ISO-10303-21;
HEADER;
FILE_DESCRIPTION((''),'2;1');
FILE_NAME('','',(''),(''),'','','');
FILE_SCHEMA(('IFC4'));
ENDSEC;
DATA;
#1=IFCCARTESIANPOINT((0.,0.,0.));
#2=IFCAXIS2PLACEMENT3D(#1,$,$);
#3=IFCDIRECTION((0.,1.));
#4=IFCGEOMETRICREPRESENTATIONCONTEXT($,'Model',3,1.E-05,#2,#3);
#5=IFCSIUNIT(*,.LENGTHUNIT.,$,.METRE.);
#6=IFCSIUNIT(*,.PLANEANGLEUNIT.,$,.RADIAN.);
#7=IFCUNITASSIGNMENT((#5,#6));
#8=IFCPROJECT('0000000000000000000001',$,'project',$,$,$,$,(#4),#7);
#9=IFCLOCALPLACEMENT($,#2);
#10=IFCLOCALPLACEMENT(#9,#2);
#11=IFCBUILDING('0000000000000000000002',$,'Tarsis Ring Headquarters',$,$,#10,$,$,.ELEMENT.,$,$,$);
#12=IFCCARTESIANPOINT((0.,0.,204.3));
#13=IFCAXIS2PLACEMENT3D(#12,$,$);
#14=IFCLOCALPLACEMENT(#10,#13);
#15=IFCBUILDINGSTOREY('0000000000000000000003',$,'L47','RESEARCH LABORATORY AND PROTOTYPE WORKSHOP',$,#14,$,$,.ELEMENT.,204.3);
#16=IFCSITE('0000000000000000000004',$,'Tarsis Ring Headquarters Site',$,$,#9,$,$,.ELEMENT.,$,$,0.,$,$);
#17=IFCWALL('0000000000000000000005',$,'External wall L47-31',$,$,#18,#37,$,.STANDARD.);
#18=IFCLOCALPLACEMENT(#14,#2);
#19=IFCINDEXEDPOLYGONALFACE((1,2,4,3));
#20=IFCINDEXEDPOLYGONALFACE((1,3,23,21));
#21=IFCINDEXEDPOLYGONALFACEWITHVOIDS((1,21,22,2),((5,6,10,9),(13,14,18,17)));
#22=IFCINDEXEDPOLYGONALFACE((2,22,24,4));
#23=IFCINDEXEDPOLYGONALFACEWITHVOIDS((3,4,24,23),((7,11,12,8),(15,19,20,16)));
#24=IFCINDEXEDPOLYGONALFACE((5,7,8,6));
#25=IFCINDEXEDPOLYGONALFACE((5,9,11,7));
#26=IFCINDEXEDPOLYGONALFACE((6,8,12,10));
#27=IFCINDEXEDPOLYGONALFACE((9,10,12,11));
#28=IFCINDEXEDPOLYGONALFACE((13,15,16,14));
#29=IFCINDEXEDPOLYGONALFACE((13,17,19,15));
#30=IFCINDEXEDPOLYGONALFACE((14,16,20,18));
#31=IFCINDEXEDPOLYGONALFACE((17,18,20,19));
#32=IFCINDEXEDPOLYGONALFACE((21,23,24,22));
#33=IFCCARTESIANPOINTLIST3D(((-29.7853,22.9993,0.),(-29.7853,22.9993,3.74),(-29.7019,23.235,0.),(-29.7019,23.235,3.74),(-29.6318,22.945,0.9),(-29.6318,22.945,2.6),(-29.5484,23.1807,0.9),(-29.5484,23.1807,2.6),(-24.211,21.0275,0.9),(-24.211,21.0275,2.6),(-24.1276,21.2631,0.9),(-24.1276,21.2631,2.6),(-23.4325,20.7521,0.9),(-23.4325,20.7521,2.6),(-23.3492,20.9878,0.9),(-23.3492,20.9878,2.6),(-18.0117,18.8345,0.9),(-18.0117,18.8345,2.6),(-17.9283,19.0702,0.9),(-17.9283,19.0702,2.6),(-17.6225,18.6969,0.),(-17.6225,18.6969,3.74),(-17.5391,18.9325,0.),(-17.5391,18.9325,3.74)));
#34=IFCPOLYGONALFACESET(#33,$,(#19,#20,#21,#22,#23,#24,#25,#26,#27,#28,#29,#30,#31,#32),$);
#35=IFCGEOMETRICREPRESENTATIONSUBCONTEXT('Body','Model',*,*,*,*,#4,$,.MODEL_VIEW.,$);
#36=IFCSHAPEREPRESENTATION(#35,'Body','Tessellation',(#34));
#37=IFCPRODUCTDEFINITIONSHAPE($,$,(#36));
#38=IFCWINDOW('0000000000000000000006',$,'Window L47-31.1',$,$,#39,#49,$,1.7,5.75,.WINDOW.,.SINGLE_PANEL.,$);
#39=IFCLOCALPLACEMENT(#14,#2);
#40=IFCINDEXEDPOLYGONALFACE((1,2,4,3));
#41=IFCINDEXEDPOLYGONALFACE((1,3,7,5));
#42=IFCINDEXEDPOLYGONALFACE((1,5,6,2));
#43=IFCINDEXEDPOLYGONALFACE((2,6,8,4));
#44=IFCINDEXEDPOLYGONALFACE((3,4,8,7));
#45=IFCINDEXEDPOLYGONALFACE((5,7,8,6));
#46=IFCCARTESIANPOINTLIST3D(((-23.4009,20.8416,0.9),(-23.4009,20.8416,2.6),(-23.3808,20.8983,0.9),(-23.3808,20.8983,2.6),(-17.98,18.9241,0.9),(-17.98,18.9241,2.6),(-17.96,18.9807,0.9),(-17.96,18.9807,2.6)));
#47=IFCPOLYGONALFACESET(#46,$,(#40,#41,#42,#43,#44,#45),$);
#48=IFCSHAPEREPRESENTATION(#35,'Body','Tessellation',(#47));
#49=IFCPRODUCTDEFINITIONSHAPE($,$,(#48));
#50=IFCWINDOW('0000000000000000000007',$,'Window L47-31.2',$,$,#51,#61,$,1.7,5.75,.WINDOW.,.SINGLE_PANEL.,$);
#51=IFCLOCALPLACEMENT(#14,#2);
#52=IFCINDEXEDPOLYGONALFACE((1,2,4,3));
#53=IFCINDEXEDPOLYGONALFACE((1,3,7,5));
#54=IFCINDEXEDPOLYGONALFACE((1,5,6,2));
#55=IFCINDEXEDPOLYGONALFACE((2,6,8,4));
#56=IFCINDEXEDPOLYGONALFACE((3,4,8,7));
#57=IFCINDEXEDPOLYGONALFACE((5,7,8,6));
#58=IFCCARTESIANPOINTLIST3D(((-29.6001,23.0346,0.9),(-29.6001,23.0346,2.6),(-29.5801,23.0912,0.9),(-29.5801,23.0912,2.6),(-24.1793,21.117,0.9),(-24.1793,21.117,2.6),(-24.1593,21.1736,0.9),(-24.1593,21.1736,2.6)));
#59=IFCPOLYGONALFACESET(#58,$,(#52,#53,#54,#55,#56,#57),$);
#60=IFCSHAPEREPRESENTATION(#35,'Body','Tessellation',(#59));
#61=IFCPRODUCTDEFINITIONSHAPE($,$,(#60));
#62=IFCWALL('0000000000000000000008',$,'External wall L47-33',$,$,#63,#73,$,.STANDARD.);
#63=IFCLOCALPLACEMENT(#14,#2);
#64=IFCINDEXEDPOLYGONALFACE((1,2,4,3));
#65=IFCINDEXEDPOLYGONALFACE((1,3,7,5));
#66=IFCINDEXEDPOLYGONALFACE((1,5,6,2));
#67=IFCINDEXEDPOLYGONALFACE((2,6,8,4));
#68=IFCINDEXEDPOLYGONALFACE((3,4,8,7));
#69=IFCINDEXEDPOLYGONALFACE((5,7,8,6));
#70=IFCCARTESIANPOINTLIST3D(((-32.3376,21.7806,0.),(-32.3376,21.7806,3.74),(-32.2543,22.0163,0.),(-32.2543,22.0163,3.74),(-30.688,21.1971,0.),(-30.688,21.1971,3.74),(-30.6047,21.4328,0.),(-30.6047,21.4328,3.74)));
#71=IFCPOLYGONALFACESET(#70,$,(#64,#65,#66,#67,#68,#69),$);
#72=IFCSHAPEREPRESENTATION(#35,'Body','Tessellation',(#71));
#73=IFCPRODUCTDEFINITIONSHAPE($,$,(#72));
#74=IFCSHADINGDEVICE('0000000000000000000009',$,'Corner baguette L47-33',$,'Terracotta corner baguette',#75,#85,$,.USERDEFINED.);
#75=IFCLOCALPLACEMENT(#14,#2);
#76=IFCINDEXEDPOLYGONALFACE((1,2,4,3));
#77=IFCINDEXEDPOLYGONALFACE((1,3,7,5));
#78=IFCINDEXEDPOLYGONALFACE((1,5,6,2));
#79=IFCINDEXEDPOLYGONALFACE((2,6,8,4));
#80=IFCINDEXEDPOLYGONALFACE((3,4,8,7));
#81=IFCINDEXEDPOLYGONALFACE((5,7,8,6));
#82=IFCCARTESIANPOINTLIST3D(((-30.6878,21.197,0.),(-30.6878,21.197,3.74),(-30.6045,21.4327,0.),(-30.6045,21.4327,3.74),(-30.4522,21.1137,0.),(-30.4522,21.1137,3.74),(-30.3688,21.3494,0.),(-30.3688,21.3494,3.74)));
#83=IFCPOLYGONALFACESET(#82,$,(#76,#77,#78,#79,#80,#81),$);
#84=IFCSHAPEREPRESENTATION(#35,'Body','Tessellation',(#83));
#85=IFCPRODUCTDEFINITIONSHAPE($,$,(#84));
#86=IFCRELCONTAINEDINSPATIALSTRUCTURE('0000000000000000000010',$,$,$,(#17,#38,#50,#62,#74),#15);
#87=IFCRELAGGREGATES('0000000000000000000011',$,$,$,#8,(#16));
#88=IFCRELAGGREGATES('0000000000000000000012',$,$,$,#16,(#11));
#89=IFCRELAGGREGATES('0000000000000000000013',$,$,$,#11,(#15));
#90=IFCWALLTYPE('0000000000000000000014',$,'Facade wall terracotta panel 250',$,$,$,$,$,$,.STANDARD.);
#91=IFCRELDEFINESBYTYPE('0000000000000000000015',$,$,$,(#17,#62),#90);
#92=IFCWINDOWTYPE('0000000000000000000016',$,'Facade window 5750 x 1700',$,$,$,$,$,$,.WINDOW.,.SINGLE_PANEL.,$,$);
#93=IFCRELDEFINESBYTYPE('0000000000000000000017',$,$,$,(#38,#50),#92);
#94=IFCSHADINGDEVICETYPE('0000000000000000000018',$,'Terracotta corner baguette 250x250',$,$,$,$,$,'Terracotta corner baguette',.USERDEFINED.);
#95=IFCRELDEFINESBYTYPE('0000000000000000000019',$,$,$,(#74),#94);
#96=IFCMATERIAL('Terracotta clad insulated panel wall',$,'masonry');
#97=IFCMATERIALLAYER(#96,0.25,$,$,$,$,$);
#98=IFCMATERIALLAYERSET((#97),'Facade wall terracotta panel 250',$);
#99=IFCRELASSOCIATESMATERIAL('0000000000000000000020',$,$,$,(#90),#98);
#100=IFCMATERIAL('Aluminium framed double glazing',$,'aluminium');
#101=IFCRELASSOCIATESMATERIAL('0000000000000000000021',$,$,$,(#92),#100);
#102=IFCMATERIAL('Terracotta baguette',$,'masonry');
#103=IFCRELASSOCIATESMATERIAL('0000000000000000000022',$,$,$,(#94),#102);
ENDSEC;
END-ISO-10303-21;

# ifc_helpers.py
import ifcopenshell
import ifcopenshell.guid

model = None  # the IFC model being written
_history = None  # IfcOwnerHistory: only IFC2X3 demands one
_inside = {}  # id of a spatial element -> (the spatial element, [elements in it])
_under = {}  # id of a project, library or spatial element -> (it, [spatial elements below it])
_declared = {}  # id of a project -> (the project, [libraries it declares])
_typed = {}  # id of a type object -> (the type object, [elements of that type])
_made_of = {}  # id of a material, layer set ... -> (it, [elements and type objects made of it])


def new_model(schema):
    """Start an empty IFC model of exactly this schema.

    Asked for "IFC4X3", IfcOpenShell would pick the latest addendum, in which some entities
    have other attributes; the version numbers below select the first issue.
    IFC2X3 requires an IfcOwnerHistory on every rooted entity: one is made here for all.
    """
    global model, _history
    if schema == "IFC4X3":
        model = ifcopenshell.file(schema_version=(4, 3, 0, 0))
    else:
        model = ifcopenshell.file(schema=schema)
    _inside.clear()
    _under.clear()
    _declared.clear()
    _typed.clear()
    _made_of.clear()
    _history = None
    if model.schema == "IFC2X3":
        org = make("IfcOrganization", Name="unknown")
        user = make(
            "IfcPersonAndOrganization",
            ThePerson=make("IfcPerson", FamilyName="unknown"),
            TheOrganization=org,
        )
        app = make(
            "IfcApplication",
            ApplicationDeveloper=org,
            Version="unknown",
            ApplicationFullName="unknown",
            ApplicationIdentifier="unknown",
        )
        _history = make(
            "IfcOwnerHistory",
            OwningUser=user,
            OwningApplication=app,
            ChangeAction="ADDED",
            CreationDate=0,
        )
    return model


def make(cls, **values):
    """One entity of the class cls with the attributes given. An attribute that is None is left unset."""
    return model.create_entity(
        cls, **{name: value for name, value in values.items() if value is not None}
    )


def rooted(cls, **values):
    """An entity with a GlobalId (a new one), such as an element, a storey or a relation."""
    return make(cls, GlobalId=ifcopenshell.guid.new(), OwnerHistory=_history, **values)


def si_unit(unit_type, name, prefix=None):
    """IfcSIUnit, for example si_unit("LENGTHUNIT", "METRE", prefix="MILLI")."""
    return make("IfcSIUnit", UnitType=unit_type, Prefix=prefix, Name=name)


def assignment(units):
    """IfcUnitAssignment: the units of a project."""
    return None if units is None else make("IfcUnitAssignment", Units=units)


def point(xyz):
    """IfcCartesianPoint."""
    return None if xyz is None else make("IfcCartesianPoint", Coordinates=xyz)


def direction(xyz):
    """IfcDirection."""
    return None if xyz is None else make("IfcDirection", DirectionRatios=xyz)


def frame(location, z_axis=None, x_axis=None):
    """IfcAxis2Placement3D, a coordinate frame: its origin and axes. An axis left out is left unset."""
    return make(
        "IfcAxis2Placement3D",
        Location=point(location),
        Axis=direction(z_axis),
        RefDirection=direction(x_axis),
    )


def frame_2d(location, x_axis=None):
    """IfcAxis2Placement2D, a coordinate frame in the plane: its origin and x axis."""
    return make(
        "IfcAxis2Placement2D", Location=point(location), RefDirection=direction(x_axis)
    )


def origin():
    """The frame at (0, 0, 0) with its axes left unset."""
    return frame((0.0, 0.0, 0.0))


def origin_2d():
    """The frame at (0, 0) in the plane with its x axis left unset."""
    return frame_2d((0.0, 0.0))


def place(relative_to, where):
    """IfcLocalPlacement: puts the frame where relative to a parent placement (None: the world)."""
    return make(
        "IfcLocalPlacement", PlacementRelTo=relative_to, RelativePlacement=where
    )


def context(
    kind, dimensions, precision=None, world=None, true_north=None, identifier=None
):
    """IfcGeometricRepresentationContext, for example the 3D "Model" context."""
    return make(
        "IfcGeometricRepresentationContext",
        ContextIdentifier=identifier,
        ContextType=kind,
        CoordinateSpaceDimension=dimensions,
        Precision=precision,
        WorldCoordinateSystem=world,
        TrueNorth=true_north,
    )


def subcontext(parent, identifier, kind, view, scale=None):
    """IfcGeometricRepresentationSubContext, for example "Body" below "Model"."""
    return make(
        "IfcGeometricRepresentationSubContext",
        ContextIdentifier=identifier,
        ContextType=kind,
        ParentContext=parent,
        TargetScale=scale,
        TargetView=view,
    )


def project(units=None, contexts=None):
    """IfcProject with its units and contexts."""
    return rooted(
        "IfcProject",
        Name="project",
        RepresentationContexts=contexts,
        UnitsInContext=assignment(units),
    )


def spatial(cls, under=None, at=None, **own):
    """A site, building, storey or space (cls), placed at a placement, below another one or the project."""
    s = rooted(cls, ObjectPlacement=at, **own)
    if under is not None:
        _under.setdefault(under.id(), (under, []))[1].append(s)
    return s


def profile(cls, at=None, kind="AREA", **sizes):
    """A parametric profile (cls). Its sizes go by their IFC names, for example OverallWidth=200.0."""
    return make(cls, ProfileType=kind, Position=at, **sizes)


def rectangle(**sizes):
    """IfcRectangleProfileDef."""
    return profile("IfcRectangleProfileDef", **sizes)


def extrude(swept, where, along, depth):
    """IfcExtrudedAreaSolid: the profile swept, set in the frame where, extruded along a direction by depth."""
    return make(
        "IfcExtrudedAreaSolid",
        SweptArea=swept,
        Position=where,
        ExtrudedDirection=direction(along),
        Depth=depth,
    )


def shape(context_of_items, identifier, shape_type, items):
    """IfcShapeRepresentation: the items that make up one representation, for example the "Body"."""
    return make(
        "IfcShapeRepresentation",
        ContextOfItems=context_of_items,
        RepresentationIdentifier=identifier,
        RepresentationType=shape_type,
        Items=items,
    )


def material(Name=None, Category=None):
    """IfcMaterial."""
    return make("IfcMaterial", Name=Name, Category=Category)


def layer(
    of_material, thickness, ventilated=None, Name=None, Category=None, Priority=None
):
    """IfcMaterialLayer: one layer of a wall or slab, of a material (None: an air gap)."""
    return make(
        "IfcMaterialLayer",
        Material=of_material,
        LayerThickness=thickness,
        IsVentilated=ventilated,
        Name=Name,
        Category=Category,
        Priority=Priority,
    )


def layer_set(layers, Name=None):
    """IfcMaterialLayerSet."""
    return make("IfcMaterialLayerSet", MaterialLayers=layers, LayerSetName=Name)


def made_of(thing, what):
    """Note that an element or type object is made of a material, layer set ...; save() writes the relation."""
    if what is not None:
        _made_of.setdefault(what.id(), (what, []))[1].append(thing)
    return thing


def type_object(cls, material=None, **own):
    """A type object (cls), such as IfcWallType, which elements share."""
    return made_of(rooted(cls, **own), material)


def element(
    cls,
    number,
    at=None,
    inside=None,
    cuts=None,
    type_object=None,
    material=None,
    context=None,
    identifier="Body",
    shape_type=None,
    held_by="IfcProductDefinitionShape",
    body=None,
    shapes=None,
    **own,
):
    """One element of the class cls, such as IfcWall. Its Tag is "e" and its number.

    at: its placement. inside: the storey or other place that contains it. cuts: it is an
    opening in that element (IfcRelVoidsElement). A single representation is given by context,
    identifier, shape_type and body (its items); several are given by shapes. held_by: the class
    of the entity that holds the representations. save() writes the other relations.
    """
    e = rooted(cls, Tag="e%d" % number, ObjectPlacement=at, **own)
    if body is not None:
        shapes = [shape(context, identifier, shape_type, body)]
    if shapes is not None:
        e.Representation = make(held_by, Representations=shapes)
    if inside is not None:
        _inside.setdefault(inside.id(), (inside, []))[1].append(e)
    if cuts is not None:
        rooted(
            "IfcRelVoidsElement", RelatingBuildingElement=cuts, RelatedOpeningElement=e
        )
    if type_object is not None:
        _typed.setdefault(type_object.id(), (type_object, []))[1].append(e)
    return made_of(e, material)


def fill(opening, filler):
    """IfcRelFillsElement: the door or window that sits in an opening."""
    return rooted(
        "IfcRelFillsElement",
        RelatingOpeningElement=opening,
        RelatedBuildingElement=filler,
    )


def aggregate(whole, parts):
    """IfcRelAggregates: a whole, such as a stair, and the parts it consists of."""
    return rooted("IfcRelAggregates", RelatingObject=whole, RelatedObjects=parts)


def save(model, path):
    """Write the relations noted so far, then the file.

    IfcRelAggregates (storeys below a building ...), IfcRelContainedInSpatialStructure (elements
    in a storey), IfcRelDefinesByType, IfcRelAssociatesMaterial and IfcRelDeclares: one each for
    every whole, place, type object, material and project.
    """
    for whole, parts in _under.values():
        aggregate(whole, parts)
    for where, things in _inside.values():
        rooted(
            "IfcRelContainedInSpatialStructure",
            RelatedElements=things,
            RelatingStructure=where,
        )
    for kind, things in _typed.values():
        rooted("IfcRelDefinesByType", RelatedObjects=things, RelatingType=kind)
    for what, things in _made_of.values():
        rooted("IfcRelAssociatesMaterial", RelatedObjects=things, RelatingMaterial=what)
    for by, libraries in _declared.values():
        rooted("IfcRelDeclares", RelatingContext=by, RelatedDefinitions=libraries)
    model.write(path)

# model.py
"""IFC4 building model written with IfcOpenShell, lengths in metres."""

from ifc_helpers import new_model, si_unit, direction, frame, frame_2d, origin, origin_2d, place, context, subcontext, project, spatial, rectangle, extrude, material, layer, layer_set, type_object, element, fill, save


model = new_model("IFC4")

# Units and contexts
model_context = context("Model", 3, precision=1e-05, world=origin(), true_north=direction((0.0, 1.0)))
body_context = subcontext(model_context, "Body", "Model", "MODEL_VIEW")
ifc_project = project(units=[si_unit("LENGTHUNIT", "METRE"), si_unit("PLANEANGLEUNIT", "RADIAN")], contexts=[model_context])

# Site, building, storey
site_placement = place(None, origin())
site = spatial("IfcSite", under=ifc_project, at=site_placement, Name="Tarsis Ring Headquarters Site", CompositionType="ELEMENT", RefElevation=0.0)
building_placement = place(site_placement, origin())
building = spatial("IfcBuilding", under=site, at=building_placement, Name="Tarsis Ring Headquarters", CompositionType="ELEMENT")
storey_placement = place(building_placement, frame((0.0, 0.0, 204.3)))
storey = spatial("IfcBuildingStorey", under=building, at=storey_placement, Name="L47", Description="RESEARCH LABORATORY AND PROTOTYPE WORKSHOP", CompositionType="ELEMENT", Elevation=204.3)

# Wall, openings, windows
ifc_material_1 = material(Name="Terracotta clad insulated panel wall", Category="masonry")
ifc_layer_1 = layer(ifc_material_1, 0.25)
ifc_layer_set_1 = layer_set([ifc_layer_1], Name="Facade wall terracotta panel 250")
wall_type_1 = type_object("IfcWallType", Name="Facade wall terracotta panel 250", PredefinedType="STANDARD", material=ifc_layer_set_1)
wall_1_placement = place(storey_placement, frame((-17.5808, 18.8147, 0.0), z_axis=(0.0, 0.0, 1.0), x_axis=(-0.942754, 0.33349, 0.0)))
wall_1 = element("IfcWall", 1, at=wall_1_placement, inside=storey, type_object=wall_type_1, Name="External wall L47-31", PredefinedType="STANDARD", context=body_context, shape_type="SweptSolid", body=[
    extrude(rectangle(XDim=12.9014, YDim=0.25, at=frame_2d((6.4507, 0.0))), origin(), (0.0, 0.0, 1.0), 3.74),
])
opening_1_placement = place(wall_1_placement, frame((0.4128, 0.0, 0.8999)))
opening_1 = element("IfcOpeningElement", 2, at=opening_1_placement, cuts=wall_1, PredefinedType="OPENING", context=body_context, shape_type="SweptSolid", body=[
    extrude(rectangle(XDim=5.75, YDim=1.7, at=frame_2d((2.875, 0.8501))), frame((0.0, 0.135, 0.0), z_axis=(0.0, -1.0, 0.0), x_axis=(1.0, 0.0, 0.0)), (0.0, 0.0, 1.0), 0.27),
])
opening_2_placement = place(wall_1_placement, frame((6.9885, 0.0, 0.8999)))
opening_2 = element("IfcOpeningElement", 3, at=opening_2_placement, cuts=wall_1, PredefinedType="OPENING", context=body_context, shape_type="SweptSolid", body=[
    extrude(rectangle(XDim=5.75, YDim=1.7, at=frame_2d((2.875, 0.8501))), frame((0.0, 0.135, 0.0), z_axis=(0.0, -1.0, 0.0), x_axis=(1.0, 0.0, 0.0)), (0.0, 0.0, 1.0), 0.27),
])
ifc_material_2 = material(Name="Aluminium framed double glazing", Category="aluminium")
window_type = type_object("IfcWindowType", Name="Facade window 5750 x 1700", PartitioningType="SINGLE_PANEL", PredefinedType="WINDOW", material=ifc_material_2)
window_1_placement = place(opening_1_placement, origin())
window_1 = element("IfcWindow", 4, at=window_1_placement, inside=storey, type_object=window_type, Name="Window L47-31.1", OverallHeight=1.7, OverallWidth=5.75, PartitioningType="SINGLE_PANEL", PredefinedType="WINDOW", context=body_context, shape_type="SweptSolid", body=[
    extrude(rectangle(XDim=5.75, YDim=1.7, at=frame_2d((2.875, 0.8501))), frame((0.0, 0.03, 0.0), z_axis=(0.0, -1.0, 0.0), x_axis=(1.0, 0.0, 0.0)), (0.0, 0.0, 1.0), 0.0601),
])
fill(opening_1, window_1)
window_2_placement = place(opening_2_placement, origin())
window_2 = element("IfcWindow", 5, at=window_2_placement, inside=storey, type_object=window_type, Name="Window L47-31.2", OverallHeight=1.7, OverallWidth=5.75, PartitioningType="SINGLE_PANEL", PredefinedType="WINDOW", context=body_context, shape_type="SweptSolid", body=[
    extrude(rectangle(XDim=5.75, YDim=1.7, at=frame_2d((2.875, 0.8501))), frame((0.0, 0.03, 0.0), z_axis=(0.0, -1.0, 0.0), x_axis=(1.0, 0.0, 0.0)), (0.0, 0.0, 1.0), 0.0601),
])
fill(opening_2, window_2)

# Wall
wall_2_placement = place(storey_placement, frame((-30.6462, 21.3149, 0.0), z_axis=(0.0, 0.0, 1.0), x_axis=(-0.942763, 0.333462, 0.0)))
element("IfcWall", 6, at=wall_2_placement, inside=storey, type_object=wall_type_1, Name="External wall L47-33", PredefinedType="STANDARD", context=body_context, shape_type="SweptSolid", body=[
    extrude(rectangle(XDim=1.7498, YDim=0.25, at=frame_2d((0.875, 0.0))), origin(), (0.0, 0.0, 1.0), 3.74),
])

# Shading device
ifc_material_3 = material(Name="Terracotta baguette", Category="masonry")
shading_device_type = type_object("IfcShadingDeviceType", Name="Terracotta corner baguette 250x250", ElementType="Terracotta corner baguette", PredefinedType="USERDEFINED", material=ifc_material_3)
shading_device_placement = place(storey_placement, frame((-30.5283, 21.2732, 0.0), z_axis=(0.0, 0.0, 1.0), x_axis=(-0.333478, -0.942758, 0.0)))
element("IfcShadingDevice", 7, at=shading_device_placement, inside=storey, type_object=shading_device_type, Name="Corner baguette L47-33", ObjectType="Terracotta corner baguette", PredefinedType="USERDEFINED", context=body_context, shape_type="SweptSolid", body=[
    extrude(rectangle(XDim=0.25, YDim=0.25, at=origin_2d()), origin(), (0.0, 0.0, 1.0), 3.74),
])

save(model, "model.ifc")
